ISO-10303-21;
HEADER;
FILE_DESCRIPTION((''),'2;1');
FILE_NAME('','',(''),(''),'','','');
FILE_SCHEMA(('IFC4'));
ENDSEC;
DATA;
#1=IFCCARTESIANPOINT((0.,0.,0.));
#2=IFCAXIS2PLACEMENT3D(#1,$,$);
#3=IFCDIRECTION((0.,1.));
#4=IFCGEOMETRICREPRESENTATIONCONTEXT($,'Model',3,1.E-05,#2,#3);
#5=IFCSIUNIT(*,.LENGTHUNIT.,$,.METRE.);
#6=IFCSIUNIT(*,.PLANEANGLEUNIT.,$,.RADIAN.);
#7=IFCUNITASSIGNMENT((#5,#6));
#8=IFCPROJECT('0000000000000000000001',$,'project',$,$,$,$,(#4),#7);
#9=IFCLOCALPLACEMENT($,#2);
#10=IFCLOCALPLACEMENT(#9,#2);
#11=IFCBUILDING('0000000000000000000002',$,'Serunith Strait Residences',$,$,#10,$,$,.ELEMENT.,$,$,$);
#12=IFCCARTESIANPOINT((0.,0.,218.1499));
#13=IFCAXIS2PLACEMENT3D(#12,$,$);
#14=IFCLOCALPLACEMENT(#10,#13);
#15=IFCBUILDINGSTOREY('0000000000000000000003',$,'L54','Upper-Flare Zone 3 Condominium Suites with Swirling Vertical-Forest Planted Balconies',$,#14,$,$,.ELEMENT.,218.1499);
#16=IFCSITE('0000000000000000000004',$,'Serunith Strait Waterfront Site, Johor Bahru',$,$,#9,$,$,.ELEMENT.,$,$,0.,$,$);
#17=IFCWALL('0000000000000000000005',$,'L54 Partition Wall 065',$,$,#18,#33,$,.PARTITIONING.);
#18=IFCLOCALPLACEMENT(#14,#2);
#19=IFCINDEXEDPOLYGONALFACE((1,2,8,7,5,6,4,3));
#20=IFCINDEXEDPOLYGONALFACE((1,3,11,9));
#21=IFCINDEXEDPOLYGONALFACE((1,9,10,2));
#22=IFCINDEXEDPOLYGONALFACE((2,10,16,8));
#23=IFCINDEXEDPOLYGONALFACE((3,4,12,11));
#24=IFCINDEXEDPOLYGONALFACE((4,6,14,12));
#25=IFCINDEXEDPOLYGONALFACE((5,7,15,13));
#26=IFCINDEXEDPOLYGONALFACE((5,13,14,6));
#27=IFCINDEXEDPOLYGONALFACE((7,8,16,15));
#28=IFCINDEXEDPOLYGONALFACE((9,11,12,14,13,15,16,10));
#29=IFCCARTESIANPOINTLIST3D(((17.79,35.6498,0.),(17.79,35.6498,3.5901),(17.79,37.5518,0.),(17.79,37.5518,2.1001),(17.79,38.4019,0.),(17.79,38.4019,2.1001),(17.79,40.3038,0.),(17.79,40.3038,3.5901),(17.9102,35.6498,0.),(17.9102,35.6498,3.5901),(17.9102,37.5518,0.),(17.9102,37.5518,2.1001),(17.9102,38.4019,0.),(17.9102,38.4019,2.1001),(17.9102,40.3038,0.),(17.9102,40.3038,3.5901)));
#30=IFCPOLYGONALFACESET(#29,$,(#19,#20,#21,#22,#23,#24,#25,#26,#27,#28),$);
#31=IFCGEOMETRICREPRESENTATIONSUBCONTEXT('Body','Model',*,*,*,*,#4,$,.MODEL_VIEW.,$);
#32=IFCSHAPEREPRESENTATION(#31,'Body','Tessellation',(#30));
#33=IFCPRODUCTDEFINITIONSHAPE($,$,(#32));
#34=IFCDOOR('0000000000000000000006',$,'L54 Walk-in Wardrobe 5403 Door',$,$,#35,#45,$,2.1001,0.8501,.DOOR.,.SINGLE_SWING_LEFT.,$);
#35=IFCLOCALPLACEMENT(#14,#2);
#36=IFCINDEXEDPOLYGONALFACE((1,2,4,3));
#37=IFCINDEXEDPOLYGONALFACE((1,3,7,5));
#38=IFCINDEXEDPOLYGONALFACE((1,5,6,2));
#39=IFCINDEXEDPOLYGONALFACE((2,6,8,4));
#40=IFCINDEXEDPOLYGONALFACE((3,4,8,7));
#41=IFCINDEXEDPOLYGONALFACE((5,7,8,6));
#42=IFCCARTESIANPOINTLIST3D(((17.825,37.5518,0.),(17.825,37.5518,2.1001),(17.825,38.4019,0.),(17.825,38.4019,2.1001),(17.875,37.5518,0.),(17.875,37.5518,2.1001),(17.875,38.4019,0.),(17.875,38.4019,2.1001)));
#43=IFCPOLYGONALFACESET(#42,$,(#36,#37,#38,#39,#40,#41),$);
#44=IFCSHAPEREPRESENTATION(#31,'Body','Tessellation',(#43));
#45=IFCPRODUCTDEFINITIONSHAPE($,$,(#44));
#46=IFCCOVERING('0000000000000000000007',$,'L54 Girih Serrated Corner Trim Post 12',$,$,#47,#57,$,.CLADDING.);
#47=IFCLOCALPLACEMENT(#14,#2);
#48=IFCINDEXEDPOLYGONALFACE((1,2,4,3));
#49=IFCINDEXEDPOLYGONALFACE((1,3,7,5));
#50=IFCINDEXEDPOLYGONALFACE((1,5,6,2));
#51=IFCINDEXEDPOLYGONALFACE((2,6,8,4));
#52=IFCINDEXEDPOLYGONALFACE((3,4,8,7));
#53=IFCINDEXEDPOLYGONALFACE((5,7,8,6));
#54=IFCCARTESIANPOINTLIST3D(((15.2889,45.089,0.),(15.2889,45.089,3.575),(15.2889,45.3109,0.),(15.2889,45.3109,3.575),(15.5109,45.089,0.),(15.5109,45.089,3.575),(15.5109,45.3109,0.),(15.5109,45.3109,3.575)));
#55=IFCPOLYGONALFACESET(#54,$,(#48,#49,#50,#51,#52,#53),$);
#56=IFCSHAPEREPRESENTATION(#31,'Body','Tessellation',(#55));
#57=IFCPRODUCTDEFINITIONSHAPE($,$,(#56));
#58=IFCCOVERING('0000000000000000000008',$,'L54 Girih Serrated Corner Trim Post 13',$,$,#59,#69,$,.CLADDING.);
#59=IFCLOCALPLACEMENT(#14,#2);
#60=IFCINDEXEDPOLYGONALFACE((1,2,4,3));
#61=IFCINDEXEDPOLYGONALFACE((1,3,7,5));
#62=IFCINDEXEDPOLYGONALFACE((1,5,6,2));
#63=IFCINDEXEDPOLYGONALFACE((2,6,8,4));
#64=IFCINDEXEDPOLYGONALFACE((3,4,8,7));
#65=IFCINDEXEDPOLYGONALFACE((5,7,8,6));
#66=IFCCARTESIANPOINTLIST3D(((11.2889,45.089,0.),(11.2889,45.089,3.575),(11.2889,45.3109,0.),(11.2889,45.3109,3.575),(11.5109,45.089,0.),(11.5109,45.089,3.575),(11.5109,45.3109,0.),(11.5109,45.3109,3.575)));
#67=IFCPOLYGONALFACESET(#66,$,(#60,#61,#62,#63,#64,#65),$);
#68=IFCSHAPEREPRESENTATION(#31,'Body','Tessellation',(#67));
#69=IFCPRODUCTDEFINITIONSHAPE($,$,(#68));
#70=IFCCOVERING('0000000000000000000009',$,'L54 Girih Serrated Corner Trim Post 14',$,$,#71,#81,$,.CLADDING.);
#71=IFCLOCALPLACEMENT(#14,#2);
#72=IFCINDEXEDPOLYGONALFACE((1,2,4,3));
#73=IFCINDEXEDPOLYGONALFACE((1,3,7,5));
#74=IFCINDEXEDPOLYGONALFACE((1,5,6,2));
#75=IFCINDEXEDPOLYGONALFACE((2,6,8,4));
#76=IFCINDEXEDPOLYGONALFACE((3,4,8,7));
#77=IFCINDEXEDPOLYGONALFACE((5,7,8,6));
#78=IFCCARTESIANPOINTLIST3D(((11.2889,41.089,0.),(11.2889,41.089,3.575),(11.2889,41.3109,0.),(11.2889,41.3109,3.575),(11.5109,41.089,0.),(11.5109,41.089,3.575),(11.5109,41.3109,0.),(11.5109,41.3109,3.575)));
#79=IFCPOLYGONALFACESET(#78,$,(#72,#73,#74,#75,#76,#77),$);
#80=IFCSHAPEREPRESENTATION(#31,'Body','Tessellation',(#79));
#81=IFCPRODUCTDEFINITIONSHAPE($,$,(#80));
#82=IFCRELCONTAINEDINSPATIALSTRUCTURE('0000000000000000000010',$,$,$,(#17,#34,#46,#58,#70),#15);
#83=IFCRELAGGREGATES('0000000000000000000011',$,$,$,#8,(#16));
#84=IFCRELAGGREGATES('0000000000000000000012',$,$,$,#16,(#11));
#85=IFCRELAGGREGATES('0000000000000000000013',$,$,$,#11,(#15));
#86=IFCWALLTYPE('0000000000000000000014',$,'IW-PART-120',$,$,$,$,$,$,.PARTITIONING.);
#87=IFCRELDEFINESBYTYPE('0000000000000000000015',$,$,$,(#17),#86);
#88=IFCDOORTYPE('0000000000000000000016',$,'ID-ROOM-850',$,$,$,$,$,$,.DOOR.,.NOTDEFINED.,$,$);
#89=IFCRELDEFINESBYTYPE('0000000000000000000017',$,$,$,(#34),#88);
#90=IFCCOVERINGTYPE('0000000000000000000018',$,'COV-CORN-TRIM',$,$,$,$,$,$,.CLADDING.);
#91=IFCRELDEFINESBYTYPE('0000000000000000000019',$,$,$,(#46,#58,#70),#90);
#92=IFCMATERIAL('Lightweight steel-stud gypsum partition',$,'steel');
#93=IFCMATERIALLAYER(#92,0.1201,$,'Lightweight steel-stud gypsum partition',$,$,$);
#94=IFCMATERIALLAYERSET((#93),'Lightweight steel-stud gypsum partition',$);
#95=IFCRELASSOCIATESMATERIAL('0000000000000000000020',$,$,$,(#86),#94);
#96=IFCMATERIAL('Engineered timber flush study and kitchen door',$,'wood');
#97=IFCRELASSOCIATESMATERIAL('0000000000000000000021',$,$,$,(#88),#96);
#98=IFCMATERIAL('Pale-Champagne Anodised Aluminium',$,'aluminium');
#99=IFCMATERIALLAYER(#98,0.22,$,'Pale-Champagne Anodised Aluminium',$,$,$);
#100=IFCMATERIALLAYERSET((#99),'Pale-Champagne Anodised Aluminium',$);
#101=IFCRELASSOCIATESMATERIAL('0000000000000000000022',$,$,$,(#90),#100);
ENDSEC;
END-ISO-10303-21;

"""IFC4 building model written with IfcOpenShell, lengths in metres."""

from ifc_helpers import new_model, si_unit, direction, frame, frame_2d, origin, origin_2d, place, context, subcontext, project, spatial, rectangle, extrude, source, transform, mapped, material, layer, layer_set, type_object, element, fill, save


model = new_model("IFC4")

# Units and contexts
model_context = context("Model", 3, precision=1e-05, world=origin(), true_north=direction((0.0, 1.0)))
body_context = subcontext(model_context, "Body", "Model", "MODEL_VIEW")
ifc_project = project(units=[si_unit("LENGTHUNIT", "METRE"), si_unit("PLANEANGLEUNIT", "RADIAN")], contexts=[model_context])

# Site, building, storey
site_placement = place(None, origin())
site = spatial("IfcSite", under=ifc_project, at=site_placement, Name="Serunith Strait Waterfront Site, Johor Bahru", CompositionType="ELEMENT", RefElevation=0.0)
building_placement = place(site_placement, origin())
building = spatial("IfcBuilding", under=site, at=building_placement, Name="Serunith Strait Residences", CompositionType="ELEMENT")
storey_placement = place(building_placement, frame((0.0, 0.0, 218.1499)))
storey = spatial("IfcBuildingStorey", under=building, at=storey_placement, Name="L54", Description="Upper-Flare Zone 3 Condominium Suites with Swirling Vertical-Forest Planted Balconies", CompositionType="ELEMENT", Elevation=218.1499)

# Shared definitions
ifc_material_1 = material(Name="Pale-Champagne Anodised Aluminium", Category="aluminium")

# Shared definitions
ifc_material_2 = material(Name="Lightweight steel-stud gypsum partition", Category="steel")
ifc_layer_1 = layer(ifc_material_2, 0.1201, Name="Lightweight steel-stud gypsum partition")
ifc_layer_set_1 = layer_set([ifc_layer_1], Name="Lightweight steel-stud gypsum partition")
wall_type_1 = type_object("IfcWallType", Name="IW-PART-120", PredefinedType="PARTITIONING", material=ifc_layer_set_1)

# Wall, opening, door
wall_1_placement = place(storey_placement, frame((17.8501, 40.304, 0.0), z_axis=(0.0, 0.0, 1.0), x_axis=(0.0, -1.0, 0.0)))
wall_1 = element("IfcWall", 1, at=wall_1_placement, inside=storey, type_object=wall_type_1, Name="L54 Partition Wall 065", PredefinedType="PARTITIONING", context=body_context, shape_type="SweptSolid", body=[
    extrude(rectangle(XDim=4.6541, YDim=0.1201, at=frame_2d((2.3271, 0.0))), origin(), (0.0, 0.0, 1.0), 3.5901),
])
opening_1_placement = place(wall_1_placement, frame((1.9021, 0.0, 0.0)))
opening_1 = element("IfcOpeningElement", 2, at=opening_1_placement, cuts=wall_1, PredefinedType="OPENING", context=body_context, shape_type="SweptSolid", body=[
    extrude(rectangle(XDim=0.8501, YDim=2.1001, at=frame_2d((0.425, 1.05))), frame((0.0, 0.0701, 0.0), z_axis=(0.0, -1.0, 0.0), x_axis=(1.0, 0.0, 0.0)), (0.0, 0.0, 1.0), 0.1401),
])
ifc_material_3 = material(Name="Engineered timber flush study and kitchen door", Category="wood")
door_type_1 = type_object("IfcDoorType", Name="ID-ROOM-850", OperationType="NOTDEFINED", PredefinedType="DOOR", material=ifc_material_3)
shared_shape_1 = source(origin(), body_context, "Body", "SweptSolid", [
    extrude(rectangle(XDim=0.8501, YDim=2.1001, at=frame_2d((0.425, 1.05))), frame((0.0, 0.0249, 0.0), z_axis=(0.0, -1.0, 0.0), x_axis=(1.0, 0.0, 0.0)), (0.0, 0.0, 1.0), 0.05),
])
door_1_placement = place(opening_1_placement, origin())
door_1 = element("IfcDoor", 3, at=door_1_placement, inside=storey, type_object=door_type_1, Name="L54 Walk-in Wardrobe 5403 Door", OperationType="SINGLE_SWING_LEFT", OverallHeight=2.1001, OverallWidth=0.8501, PredefinedType="DOOR", context=body_context, shape_type="MappedRepresentation", body=[
    mapped(shared_shape_1, transform((0.0, 0.0, 0.0), scale=1.0)),
])
fill(opening_1, door_1)

# Coverings
ifc_layer_2 = layer(ifc_material_1, 0.22, Name="Pale-Champagne Anodised Aluminium")
ifc_layer_set_2 = layer_set([ifc_layer_2], Name="Pale-Champagne Anodised Aluminium")
covering_type = type_object("IfcCoveringType", Name="COV-CORN-TRIM", PredefinedType="CLADDING", material=ifc_layer_set_2)
shared_shape_2 = source(origin(), body_context, "Body", "SweptSolid", [
    extrude(rectangle(XDim=0.2219, YDim=0.2219, at=origin_2d()), origin(), (0.0, 0.0, 1.0), 3.575),
])
for number, where, z_axis, x_axis, name in (
    (4, (15.3999, 45.2, 0.0), (0.0, 0.0, 1.0), (1.0, 0.0, 0.0), "L54 Girih Serrated Corner Trim Post 12"),
    (5, (11.3999, 45.2, 0.0), (0.0, 0.0, 1.0), (1.0, 0.0, 0.0), "L54 Girih Serrated Corner Trim Post 13"),
    (6, (11.3999, 41.2, 0.0), (0.0, 0.0, 1.0), (1.0, 0.0, 0.0), "L54 Girih Serrated Corner Trim Post 14"),
):
    element("IfcCovering", number, at=place(storey_placement, frame(where, z_axis=z_axis, x_axis=x_axis)), inside=storey, type_object=covering_type, Name=name, PredefinedType="CLADDING", context=body_context, shape_type="MappedRepresentation", body=[
        mapped(shared_shape_2, transform((0.0, 0.0, 0.0), scale=1.0)),
    ])

save(model, "model.ifc")
